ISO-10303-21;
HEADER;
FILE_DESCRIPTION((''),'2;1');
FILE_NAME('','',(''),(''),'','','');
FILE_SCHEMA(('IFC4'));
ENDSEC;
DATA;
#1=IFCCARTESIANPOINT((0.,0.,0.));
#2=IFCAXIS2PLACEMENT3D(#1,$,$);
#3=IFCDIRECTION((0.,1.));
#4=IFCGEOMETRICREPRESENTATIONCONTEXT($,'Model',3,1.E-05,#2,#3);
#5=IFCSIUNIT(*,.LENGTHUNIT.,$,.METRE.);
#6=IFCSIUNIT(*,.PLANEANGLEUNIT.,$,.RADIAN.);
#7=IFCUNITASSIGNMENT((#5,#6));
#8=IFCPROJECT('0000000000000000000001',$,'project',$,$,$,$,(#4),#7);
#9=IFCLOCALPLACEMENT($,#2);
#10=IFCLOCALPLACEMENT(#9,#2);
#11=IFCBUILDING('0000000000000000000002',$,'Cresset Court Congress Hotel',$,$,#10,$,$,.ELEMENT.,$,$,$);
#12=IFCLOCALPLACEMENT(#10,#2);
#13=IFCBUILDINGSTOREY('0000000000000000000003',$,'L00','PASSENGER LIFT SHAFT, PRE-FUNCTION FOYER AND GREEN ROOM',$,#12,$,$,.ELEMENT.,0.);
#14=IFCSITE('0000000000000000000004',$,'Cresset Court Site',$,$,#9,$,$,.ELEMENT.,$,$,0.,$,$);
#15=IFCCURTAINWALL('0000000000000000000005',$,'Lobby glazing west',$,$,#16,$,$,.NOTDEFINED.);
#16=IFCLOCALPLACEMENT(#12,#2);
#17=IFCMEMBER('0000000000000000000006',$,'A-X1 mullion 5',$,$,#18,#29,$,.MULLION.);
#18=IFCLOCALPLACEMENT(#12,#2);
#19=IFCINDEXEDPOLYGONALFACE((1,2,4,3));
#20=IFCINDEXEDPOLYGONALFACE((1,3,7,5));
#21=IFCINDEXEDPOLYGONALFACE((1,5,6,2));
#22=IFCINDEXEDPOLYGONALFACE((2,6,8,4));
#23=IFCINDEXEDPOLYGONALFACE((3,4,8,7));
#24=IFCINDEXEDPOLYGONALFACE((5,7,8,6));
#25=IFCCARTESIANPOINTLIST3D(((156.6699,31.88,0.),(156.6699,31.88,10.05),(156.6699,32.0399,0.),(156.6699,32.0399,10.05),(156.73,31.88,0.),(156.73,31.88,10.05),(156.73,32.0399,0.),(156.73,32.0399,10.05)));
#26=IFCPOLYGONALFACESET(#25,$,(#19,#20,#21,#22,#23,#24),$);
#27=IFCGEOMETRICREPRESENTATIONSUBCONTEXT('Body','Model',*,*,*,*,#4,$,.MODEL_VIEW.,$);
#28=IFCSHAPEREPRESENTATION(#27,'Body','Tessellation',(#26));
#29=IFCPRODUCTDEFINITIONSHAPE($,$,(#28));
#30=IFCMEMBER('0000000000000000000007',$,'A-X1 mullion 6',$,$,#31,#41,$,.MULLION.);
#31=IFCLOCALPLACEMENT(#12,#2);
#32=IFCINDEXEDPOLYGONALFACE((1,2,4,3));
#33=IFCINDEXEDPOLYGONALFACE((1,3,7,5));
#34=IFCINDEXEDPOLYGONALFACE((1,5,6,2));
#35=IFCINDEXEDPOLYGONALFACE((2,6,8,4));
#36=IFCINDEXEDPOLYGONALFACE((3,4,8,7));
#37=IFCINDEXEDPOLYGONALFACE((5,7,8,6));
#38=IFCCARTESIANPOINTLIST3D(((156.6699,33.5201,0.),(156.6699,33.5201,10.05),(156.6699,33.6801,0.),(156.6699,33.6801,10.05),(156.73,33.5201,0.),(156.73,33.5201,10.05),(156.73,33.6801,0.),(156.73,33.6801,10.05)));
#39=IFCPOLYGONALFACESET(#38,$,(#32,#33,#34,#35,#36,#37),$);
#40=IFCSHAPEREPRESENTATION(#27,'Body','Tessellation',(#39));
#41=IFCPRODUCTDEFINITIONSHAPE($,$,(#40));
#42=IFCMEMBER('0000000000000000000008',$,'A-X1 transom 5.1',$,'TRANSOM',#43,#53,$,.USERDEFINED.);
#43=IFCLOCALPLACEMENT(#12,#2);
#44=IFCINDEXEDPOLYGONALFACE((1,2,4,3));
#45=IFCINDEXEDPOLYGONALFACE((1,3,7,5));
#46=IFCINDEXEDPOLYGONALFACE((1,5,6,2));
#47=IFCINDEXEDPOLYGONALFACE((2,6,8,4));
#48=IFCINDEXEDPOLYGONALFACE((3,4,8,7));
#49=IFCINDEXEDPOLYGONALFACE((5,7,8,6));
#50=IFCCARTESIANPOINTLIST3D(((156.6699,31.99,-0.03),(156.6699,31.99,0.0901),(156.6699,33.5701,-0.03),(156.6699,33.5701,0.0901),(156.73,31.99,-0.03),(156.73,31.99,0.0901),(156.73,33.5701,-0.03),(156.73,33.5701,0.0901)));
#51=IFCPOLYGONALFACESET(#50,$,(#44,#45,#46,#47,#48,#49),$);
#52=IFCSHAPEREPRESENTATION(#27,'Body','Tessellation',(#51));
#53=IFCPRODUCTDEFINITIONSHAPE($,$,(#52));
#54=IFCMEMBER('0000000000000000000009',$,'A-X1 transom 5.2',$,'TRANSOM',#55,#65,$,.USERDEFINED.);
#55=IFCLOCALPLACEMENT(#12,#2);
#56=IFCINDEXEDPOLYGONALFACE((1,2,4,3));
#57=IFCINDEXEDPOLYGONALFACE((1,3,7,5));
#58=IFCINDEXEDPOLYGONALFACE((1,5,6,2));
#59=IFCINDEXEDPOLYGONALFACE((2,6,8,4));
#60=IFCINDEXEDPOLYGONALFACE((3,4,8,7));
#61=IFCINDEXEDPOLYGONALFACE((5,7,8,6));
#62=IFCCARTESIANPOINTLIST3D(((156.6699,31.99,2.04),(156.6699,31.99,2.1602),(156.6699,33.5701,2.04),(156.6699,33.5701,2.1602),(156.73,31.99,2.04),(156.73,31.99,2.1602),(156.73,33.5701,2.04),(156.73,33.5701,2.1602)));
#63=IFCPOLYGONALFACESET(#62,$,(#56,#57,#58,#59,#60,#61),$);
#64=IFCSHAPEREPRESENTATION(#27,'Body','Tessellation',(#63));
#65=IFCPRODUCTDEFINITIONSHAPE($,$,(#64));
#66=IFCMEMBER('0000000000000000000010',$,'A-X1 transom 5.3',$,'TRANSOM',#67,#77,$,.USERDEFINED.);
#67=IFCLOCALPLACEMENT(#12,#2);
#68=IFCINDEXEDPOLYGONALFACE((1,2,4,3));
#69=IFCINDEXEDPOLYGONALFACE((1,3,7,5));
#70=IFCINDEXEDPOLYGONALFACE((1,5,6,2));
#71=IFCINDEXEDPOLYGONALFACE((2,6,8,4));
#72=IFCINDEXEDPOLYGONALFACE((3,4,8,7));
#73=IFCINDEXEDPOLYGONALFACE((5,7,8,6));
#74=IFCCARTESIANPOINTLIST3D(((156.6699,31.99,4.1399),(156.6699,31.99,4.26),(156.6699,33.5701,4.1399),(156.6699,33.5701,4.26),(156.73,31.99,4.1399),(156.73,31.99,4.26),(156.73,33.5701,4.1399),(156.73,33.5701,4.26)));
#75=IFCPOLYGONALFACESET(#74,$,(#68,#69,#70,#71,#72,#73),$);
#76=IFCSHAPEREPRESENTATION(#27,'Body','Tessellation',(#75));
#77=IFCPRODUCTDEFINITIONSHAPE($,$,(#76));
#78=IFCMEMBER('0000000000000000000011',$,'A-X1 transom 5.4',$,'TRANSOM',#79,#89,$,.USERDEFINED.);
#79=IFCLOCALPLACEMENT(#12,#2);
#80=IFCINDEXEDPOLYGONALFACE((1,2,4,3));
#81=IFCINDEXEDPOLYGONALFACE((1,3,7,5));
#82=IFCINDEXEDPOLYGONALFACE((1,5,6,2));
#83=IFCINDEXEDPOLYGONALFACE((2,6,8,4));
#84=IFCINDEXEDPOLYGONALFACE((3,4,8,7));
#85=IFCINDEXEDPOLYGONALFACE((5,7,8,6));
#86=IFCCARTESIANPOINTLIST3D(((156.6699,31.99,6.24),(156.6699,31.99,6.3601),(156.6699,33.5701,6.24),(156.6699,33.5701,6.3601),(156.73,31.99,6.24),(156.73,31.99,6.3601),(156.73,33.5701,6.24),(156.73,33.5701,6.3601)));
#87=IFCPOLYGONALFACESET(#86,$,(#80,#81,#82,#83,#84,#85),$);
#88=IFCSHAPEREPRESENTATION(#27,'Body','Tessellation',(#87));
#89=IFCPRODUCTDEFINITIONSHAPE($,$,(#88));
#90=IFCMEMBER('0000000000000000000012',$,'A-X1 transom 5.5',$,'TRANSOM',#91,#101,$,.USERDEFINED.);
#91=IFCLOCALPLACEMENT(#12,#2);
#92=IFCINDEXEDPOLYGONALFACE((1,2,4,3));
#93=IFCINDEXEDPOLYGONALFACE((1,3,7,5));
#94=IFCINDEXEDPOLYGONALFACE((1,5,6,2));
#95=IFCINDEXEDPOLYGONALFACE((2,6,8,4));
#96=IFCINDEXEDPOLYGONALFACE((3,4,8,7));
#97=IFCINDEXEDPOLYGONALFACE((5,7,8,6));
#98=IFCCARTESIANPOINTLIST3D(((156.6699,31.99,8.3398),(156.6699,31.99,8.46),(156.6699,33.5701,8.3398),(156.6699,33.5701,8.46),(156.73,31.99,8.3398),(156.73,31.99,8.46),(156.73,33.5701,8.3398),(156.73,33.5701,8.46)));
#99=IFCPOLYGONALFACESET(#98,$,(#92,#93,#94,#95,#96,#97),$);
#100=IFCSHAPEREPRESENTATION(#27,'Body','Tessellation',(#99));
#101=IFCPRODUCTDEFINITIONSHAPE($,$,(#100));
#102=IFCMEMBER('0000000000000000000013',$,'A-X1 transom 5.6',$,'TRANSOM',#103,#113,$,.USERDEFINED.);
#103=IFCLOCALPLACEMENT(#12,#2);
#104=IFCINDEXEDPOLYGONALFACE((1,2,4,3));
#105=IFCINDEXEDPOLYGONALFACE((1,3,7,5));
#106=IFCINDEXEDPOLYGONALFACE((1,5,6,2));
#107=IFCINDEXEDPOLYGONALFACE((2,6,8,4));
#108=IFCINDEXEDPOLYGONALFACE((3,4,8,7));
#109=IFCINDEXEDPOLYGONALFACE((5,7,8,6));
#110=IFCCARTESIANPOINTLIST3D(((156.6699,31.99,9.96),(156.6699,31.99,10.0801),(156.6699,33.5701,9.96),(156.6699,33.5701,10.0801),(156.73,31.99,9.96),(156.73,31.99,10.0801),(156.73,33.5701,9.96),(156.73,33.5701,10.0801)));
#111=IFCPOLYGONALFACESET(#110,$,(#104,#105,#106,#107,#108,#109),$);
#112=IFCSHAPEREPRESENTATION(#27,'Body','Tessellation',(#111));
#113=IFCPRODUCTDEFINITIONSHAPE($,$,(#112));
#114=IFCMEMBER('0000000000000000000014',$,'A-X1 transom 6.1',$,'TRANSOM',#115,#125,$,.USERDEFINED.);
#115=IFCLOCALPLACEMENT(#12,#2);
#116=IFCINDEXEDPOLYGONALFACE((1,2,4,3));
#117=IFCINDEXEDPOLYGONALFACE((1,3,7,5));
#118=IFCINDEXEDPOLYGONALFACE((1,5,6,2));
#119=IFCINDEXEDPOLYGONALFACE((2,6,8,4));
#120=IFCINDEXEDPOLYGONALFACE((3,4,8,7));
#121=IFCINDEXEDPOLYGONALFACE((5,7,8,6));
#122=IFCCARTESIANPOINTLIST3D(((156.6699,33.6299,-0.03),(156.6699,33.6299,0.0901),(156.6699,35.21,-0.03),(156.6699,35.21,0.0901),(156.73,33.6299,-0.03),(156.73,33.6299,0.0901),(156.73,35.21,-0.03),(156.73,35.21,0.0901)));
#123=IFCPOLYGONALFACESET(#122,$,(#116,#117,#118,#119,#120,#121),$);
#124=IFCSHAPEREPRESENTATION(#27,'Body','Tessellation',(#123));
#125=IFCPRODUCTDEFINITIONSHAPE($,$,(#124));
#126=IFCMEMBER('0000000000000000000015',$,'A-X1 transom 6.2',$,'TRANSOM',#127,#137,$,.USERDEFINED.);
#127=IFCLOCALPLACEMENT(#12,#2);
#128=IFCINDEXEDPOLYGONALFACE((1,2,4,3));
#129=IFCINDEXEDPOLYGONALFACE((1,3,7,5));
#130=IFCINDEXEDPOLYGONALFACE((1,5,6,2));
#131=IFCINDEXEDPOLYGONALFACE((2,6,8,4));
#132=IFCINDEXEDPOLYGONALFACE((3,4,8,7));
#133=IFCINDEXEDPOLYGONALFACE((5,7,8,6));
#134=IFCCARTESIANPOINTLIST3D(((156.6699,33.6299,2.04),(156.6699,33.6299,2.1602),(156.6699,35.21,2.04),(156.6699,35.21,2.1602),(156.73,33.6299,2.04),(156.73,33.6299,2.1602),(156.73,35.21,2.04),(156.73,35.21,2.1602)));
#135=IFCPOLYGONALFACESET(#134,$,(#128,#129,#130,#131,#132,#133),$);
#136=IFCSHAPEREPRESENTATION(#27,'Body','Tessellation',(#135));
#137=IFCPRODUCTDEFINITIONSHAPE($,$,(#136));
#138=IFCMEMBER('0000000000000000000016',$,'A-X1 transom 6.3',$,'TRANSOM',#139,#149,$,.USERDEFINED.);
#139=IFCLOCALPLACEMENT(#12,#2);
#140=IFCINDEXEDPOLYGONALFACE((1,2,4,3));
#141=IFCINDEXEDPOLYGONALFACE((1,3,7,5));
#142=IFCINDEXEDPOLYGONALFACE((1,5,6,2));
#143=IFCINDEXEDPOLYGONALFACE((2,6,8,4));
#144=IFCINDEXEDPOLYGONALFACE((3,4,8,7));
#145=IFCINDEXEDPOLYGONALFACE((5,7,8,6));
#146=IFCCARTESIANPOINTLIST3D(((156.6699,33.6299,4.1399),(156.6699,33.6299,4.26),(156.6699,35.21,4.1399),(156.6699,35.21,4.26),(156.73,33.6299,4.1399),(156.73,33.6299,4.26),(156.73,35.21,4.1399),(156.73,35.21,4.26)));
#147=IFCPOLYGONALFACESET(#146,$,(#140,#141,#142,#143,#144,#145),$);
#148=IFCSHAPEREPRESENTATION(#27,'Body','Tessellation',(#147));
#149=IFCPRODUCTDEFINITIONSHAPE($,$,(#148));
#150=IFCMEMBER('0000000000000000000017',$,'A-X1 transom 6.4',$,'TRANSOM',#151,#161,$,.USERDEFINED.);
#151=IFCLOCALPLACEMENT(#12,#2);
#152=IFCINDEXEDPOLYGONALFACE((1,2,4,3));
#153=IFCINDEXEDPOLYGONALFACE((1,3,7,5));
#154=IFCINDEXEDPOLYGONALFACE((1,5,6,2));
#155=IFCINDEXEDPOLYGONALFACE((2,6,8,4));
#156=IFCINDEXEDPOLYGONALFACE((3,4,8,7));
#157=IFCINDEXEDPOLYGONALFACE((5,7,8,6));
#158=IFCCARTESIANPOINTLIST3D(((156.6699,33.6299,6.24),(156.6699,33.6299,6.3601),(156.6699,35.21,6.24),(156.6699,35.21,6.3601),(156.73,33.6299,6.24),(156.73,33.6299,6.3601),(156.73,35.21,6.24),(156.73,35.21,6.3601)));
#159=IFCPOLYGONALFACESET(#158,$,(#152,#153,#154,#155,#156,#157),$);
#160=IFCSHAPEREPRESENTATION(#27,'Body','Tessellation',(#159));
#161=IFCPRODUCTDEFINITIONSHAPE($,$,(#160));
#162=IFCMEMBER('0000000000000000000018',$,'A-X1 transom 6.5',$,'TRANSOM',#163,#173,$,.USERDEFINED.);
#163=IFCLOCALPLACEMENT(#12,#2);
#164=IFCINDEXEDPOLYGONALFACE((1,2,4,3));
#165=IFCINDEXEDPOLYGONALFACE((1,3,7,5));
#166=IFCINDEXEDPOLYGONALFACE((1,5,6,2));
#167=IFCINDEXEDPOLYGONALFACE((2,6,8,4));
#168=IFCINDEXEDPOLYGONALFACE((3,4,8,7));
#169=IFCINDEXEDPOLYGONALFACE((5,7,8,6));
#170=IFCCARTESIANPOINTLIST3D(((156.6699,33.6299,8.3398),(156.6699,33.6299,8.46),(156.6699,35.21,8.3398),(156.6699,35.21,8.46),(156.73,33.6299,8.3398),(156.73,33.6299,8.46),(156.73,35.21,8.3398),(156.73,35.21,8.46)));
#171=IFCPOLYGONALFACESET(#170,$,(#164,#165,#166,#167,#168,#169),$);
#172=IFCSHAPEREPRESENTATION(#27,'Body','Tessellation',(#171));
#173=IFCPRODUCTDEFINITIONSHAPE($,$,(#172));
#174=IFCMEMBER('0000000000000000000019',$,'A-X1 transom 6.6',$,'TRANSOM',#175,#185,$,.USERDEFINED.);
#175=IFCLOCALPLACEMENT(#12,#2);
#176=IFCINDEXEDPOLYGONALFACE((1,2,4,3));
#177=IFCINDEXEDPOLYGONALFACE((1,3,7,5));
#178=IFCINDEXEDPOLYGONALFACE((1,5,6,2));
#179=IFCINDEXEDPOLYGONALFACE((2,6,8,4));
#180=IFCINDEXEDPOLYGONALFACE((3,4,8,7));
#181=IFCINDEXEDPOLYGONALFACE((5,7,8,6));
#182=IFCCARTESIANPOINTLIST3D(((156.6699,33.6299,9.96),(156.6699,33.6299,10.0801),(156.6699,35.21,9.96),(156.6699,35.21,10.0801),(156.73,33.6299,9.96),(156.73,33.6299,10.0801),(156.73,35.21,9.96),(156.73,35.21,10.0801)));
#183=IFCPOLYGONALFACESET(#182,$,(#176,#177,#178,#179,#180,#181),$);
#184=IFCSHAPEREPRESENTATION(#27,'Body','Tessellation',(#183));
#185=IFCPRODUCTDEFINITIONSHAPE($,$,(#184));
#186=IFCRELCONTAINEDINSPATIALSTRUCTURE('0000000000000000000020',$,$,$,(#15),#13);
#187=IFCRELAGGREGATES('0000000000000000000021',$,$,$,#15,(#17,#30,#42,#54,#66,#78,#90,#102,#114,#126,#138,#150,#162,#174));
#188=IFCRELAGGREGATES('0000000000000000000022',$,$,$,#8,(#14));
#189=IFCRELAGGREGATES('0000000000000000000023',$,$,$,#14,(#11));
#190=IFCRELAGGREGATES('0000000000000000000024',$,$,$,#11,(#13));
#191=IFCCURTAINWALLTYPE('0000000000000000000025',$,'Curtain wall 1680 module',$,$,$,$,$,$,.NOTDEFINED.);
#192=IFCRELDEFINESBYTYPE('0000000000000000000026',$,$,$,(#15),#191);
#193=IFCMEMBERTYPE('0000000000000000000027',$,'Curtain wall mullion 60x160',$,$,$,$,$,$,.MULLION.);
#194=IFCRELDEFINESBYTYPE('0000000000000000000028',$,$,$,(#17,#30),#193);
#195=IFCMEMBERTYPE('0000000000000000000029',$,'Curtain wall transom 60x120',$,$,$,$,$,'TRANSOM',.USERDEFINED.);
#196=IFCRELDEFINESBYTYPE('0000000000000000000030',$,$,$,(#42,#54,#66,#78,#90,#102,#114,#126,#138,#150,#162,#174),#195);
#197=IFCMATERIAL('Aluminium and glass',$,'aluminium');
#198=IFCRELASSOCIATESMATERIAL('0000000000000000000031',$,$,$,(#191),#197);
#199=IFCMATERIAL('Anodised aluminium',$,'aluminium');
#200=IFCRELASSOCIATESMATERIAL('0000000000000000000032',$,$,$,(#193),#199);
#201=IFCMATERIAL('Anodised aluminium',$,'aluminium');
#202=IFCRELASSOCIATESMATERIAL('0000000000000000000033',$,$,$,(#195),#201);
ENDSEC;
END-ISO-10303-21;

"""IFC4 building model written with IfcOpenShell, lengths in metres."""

from ifc_helpers import new_model, si_unit, direction, frame, origin, origin_2d, place, context, subcontext, project, spatial, rectangle, extrude, material, material_profile, profile_set, type_object, element, aggregate, save


model = new_model("IFC4")

# Units and contexts
model_context = context("Model", 3, precision=1e-05, world=origin(), true_north=direction((0.0, 1.0)))
body_context = subcontext(model_context, "Body", "Model", "MODEL_VIEW")
ifc_project = project(units=[si_unit("LENGTHUNIT", "METRE"), si_unit("PLANEANGLEUNIT", "RADIAN")], contexts=[model_context])

# Site, building, storey
site_placement = place(None, origin())
site = spatial("IfcSite", under=ifc_project, at=site_placement, Name="Cresset Court Site", CompositionType="ELEMENT", RefElevation=0.0)
building_placement = place(site_placement, origin())
building = spatial("IfcBuilding", under=site, at=building_placement, Name="Cresset Court Congress Hotel", CompositionType="ELEMENT")
storey_placement = place(building_placement, origin())
storey = spatial("IfcBuildingStorey", under=building, at=storey_placement, Name="L00", Description="PASSENGER LIFT SHAFT, PRE-FUNCTION FOYER AND GREEN ROOM", CompositionType="ELEMENT", Elevation=0.0)

# Curtain wall, members
ifc_material_1 = material(Name="Aluminium and glass", Category="aluminium")
curtain_wall_type = type_object("IfcCurtainWallType", Name="Curtain wall 1680 module", PredefinedType="NOTDEFINED", material=ifc_material_1)
curtain_wall_placement = place(storey_placement, origin())
curtain_wall = element("IfcCurtainWall", 1, at=curtain_wall_placement, inside=storey, type_object=curtain_wall_type, Name="Lobby glazing west", PredefinedType="NOTDEFINED")
ifc_material_2 = material(Name="Anodised aluminium", Category="aluminium")
ifc_material_profile_1 = material_profile(ifc_material_2, rectangle(XDim=0.0601, YDim=0.1599, at=origin_2d()), Name="AL60x160")
ifc_profile_set_1 = profile_set([ifc_material_profile_1], Name="Anodised aluminium")
member_type_1 = type_object("IfcMemberType", Name="Curtain wall mullion 60x160", PredefinedType="MULLION", material=ifc_profile_set_1)
member_1_placement = place(storey_placement, frame((156.7, 31.96, 0.0), z_axis=(0.0, 0.0, 1.0), x_axis=(-1.0, 0.0, 0.0)))
member_1 = element("IfcMember", 2, at=member_1_placement, type_object=member_type_1, Name="A-X1 mullion 5", PredefinedType="MULLION", context=body_context, shape_type="SweptSolid", body=[
    extrude(rectangle(XDim=0.0601, YDim=0.1599, at=origin_2d()), origin(), (0.0, 0.0, 1.0), 10.05),
])
member_2_placement = place(storey_placement, frame((156.7, 33.6001, 0.0), z_axis=(0.0, 0.0, 1.0), x_axis=(-1.0, 0.0, 0.0)))
member_2 = element("IfcMember", 3, at=member_2_placement, type_object=member_type_1, Name="A-X1 mullion 6", PredefinedType="MULLION", context=body_context, shape_type="SweptSolid", body=[
    extrude(rectangle(XDim=0.0601, YDim=0.1599, at=origin_2d()), origin(), (0.0, 0.0, 1.0), 10.05),
])
ifc_material_3 = material(Name="Anodised aluminium", Category="aluminium")
ifc_material_profile_2 = material_profile(ifc_material_3, rectangle(XDim=0.0601, YDim=0.1201, at=origin_2d()), Name="AL60x120")
ifc_profile_set_2 = profile_set([ifc_material_profile_2], Name="Anodised aluminium")
member_type_2 = type_object("IfcMemberType", Name="Curtain wall transom 60x120", ElementType="TRANSOM", PredefinedType="USERDEFINED", material=ifc_profile_set_2)
member_3_placement = place(storey_placement, frame((156.7, 31.99, 0.03), z_axis=(0.0, 1.0, 0.0), x_axis=(-1.0, 0.0, 0.0)))
member_3 = element("IfcMember", 4, at=member_3_placement, type_object=member_type_2, Name="A-X1 transom 5.1", ObjectType="TRANSOM", PredefinedType="USERDEFINED", context=body_context, shape_type="SweptSolid", body=[
    extrude(rectangle(XDim=0.0601, YDim=0.1201, at=origin_2d()), origin(), (0.0, 0.0, 1.0), 1.5801),
])
member_4_placement = place(storey_placement, frame((156.7, 31.99, 2.1001), z_axis=(0.0, 1.0, 0.0), x_axis=(-1.0, 0.0, 0.0)))
member_4 = element("IfcMember", 5, at=member_4_placement, type_object=member_type_2, Name="A-X1 transom 5.2", ObjectType="TRANSOM", PredefinedType="USERDEFINED", context=body_context, shape_type="SweptSolid", body=[
    extrude(rectangle(XDim=0.0601, YDim=0.1201, at=origin_2d()), origin(), (0.0, 0.0, 1.0), 1.5801),
])
member_5_placement = place(storey_placement, frame((156.7, 31.99, 4.2), z_axis=(0.0, 1.0, 0.0), x_axis=(-1.0, 0.0, 0.0)))
member_5 = element("IfcMember", 6, at=member_5_placement, type_object=member_type_2, Name="A-X1 transom 5.3", ObjectType="TRANSOM", PredefinedType="USERDEFINED", context=body_context, shape_type="SweptSolid", body=[
    extrude(rectangle(XDim=0.0601, YDim=0.1201, at=origin_2d()), origin(), (0.0, 0.0, 1.0), 1.5801),
])
member_6_placement = place(storey_placement, frame((156.7, 31.99, 6.3), z_axis=(0.0, 1.0, 0.0), x_axis=(-1.0, 0.0, 0.0)))
member_6 = element("IfcMember", 7, at=member_6_placement, type_object=member_type_2, Name="A-X1 transom 5.4", ObjectType="TRANSOM", PredefinedType="USERDEFINED", context=body_context, shape_type="SweptSolid", body=[
    extrude(rectangle(XDim=0.0601, YDim=0.1201, at=origin_2d()), origin(), (0.0, 0.0, 1.0), 1.5801),
])
member_7_placement = place(storey_placement, frame((156.7, 31.99, 8.3999), z_axis=(0.0, 1.0, 0.0), x_axis=(-1.0, 0.0, 0.0)))
member_7 = element("IfcMember", 8, at=member_7_placement, type_object=member_type_2, Name="A-X1 transom 5.5", ObjectType="TRANSOM", PredefinedType="USERDEFINED", context=body_context, shape_type="SweptSolid", body=[
    extrude(rectangle(XDim=0.0601, YDim=0.1201, at=origin_2d()), origin(), (0.0, 0.0, 1.0), 1.5801),
])
member_8_placement = place(storey_placement, frame((156.7, 31.99, 10.02), z_axis=(0.0, 1.0, 0.0), x_axis=(-1.0, 0.0, 0.0)))
member_8 = element("IfcMember", 9, at=member_8_placement, type_object=member_type_2, Name="A-X1 transom 5.6", ObjectType="TRANSOM", PredefinedType="USERDEFINED", context=body_context, shape_type="SweptSolid", body=[
    extrude(rectangle(XDim=0.0601, YDim=0.1201, at=origin_2d()), origin(), (0.0, 0.0, 1.0), 1.5801),
])
member_9_placement = place(storey_placement, frame((156.7, 33.6299, 0.03), z_axis=(0.0, 1.0, 0.0), x_axis=(-1.0, 0.0, 0.0)))
member_9 = element("IfcMember", 10, at=member_9_placement, type_object=member_type_2, Name="A-X1 transom 6.1", ObjectType="TRANSOM", PredefinedType="USERDEFINED", context=body_context, shape_type="SweptSolid", body=[
    extrude(rectangle(XDim=0.0601, YDim=0.1201, at=origin_2d()), origin(), (0.0, 0.0, 1.0), 1.5801),
])
member_10_placement = place(storey_placement, frame((156.7, 33.6299, 2.1001), z_axis=(0.0, 1.0, 0.0), x_axis=(-1.0, 0.0, 0.0)))
member_10 = element("IfcMember", 11, at=member_10_placement, type_object=member_type_2, Name="A-X1 transom 6.2", ObjectType="TRANSOM", PredefinedType="USERDEFINED", context=body_context, shape_type="SweptSolid", body=[
    extrude(rectangle(XDim=0.0601, YDim=0.1201, at=origin_2d()), origin(), (0.0, 0.0, 1.0), 1.5801),
])
member_11_placement = place(storey_placement, frame((156.7, 33.6299, 4.2), z_axis=(0.0, 1.0, 0.0), x_axis=(-1.0, 0.0, 0.0)))
member_11 = element("IfcMember", 12, at=member_11_placement, type_object=member_type_2, Name="A-X1 transom 6.3", ObjectType="TRANSOM", PredefinedType="USERDEFINED", context=body_context, shape_type="SweptSolid", body=[
    extrude(rectangle(XDim=0.0601, YDim=0.1201, at=origin_2d()), origin(), (0.0, 0.0, 1.0), 1.5801),
])
member_12_placement = place(storey_placement, frame((156.7, 33.6299, 6.3), z_axis=(0.0, 1.0, 0.0), x_axis=(-1.0, 0.0, 0.0)))
member_12 = element("IfcMember", 13, at=member_12_placement, type_object=member_type_2, Name="A-X1 transom 6.4", ObjectType="TRANSOM", PredefinedType="USERDEFINED", context=body_context, shape_type="SweptSolid", body=[
    extrude(rectangle(XDim=0.0601, YDim=0.1201, at=origin_2d()), origin(), (0.0, 0.0, 1.0), 1.5801),
])
member_13_placement = place(storey_placement, frame((156.7, 33.6299, 8.3999), z_axis=(0.0, 1.0, 0.0), x_axis=(-1.0, 0.0, 0.0)))
member_13 = element("IfcMember", 14, at=member_13_placement, type_object=member_type_2, Name="A-X1 transom 6.5", ObjectType="TRANSOM", PredefinedType="USERDEFINED", context=body_context, shape_type="SweptSolid", body=[
    extrude(rectangle(XDim=0.0601, YDim=0.1201, at=origin_2d()), origin(), (0.0, 0.0, 1.0), 1.5801),
])
member_14_placement = place(storey_placement, frame((156.7, 33.6299, 10.02), z_axis=(0.0, 1.0, 0.0), x_axis=(-1.0, 0.0, 0.0)))
member_14 = element("IfcMember", 15, at=member_14_placement, type_object=member_type_2, Name="A-X1 transom 6.6", ObjectType="TRANSOM", PredefinedType="USERDEFINED", context=body_context, shape_type="SweptSolid", body=[
    extrude(rectangle(XDim=0.0601, YDim=0.1201, at=origin_2d()), origin(), (0.0, 0.0, 1.0), 1.5801),
])
aggregate(curtain_wall, [member_1, member_2, member_3, member_4, member_5, member_6, member_7, member_8, member_9, member_10, member_11, member_12, member_13, member_14])

save(model, "model.ifc")
